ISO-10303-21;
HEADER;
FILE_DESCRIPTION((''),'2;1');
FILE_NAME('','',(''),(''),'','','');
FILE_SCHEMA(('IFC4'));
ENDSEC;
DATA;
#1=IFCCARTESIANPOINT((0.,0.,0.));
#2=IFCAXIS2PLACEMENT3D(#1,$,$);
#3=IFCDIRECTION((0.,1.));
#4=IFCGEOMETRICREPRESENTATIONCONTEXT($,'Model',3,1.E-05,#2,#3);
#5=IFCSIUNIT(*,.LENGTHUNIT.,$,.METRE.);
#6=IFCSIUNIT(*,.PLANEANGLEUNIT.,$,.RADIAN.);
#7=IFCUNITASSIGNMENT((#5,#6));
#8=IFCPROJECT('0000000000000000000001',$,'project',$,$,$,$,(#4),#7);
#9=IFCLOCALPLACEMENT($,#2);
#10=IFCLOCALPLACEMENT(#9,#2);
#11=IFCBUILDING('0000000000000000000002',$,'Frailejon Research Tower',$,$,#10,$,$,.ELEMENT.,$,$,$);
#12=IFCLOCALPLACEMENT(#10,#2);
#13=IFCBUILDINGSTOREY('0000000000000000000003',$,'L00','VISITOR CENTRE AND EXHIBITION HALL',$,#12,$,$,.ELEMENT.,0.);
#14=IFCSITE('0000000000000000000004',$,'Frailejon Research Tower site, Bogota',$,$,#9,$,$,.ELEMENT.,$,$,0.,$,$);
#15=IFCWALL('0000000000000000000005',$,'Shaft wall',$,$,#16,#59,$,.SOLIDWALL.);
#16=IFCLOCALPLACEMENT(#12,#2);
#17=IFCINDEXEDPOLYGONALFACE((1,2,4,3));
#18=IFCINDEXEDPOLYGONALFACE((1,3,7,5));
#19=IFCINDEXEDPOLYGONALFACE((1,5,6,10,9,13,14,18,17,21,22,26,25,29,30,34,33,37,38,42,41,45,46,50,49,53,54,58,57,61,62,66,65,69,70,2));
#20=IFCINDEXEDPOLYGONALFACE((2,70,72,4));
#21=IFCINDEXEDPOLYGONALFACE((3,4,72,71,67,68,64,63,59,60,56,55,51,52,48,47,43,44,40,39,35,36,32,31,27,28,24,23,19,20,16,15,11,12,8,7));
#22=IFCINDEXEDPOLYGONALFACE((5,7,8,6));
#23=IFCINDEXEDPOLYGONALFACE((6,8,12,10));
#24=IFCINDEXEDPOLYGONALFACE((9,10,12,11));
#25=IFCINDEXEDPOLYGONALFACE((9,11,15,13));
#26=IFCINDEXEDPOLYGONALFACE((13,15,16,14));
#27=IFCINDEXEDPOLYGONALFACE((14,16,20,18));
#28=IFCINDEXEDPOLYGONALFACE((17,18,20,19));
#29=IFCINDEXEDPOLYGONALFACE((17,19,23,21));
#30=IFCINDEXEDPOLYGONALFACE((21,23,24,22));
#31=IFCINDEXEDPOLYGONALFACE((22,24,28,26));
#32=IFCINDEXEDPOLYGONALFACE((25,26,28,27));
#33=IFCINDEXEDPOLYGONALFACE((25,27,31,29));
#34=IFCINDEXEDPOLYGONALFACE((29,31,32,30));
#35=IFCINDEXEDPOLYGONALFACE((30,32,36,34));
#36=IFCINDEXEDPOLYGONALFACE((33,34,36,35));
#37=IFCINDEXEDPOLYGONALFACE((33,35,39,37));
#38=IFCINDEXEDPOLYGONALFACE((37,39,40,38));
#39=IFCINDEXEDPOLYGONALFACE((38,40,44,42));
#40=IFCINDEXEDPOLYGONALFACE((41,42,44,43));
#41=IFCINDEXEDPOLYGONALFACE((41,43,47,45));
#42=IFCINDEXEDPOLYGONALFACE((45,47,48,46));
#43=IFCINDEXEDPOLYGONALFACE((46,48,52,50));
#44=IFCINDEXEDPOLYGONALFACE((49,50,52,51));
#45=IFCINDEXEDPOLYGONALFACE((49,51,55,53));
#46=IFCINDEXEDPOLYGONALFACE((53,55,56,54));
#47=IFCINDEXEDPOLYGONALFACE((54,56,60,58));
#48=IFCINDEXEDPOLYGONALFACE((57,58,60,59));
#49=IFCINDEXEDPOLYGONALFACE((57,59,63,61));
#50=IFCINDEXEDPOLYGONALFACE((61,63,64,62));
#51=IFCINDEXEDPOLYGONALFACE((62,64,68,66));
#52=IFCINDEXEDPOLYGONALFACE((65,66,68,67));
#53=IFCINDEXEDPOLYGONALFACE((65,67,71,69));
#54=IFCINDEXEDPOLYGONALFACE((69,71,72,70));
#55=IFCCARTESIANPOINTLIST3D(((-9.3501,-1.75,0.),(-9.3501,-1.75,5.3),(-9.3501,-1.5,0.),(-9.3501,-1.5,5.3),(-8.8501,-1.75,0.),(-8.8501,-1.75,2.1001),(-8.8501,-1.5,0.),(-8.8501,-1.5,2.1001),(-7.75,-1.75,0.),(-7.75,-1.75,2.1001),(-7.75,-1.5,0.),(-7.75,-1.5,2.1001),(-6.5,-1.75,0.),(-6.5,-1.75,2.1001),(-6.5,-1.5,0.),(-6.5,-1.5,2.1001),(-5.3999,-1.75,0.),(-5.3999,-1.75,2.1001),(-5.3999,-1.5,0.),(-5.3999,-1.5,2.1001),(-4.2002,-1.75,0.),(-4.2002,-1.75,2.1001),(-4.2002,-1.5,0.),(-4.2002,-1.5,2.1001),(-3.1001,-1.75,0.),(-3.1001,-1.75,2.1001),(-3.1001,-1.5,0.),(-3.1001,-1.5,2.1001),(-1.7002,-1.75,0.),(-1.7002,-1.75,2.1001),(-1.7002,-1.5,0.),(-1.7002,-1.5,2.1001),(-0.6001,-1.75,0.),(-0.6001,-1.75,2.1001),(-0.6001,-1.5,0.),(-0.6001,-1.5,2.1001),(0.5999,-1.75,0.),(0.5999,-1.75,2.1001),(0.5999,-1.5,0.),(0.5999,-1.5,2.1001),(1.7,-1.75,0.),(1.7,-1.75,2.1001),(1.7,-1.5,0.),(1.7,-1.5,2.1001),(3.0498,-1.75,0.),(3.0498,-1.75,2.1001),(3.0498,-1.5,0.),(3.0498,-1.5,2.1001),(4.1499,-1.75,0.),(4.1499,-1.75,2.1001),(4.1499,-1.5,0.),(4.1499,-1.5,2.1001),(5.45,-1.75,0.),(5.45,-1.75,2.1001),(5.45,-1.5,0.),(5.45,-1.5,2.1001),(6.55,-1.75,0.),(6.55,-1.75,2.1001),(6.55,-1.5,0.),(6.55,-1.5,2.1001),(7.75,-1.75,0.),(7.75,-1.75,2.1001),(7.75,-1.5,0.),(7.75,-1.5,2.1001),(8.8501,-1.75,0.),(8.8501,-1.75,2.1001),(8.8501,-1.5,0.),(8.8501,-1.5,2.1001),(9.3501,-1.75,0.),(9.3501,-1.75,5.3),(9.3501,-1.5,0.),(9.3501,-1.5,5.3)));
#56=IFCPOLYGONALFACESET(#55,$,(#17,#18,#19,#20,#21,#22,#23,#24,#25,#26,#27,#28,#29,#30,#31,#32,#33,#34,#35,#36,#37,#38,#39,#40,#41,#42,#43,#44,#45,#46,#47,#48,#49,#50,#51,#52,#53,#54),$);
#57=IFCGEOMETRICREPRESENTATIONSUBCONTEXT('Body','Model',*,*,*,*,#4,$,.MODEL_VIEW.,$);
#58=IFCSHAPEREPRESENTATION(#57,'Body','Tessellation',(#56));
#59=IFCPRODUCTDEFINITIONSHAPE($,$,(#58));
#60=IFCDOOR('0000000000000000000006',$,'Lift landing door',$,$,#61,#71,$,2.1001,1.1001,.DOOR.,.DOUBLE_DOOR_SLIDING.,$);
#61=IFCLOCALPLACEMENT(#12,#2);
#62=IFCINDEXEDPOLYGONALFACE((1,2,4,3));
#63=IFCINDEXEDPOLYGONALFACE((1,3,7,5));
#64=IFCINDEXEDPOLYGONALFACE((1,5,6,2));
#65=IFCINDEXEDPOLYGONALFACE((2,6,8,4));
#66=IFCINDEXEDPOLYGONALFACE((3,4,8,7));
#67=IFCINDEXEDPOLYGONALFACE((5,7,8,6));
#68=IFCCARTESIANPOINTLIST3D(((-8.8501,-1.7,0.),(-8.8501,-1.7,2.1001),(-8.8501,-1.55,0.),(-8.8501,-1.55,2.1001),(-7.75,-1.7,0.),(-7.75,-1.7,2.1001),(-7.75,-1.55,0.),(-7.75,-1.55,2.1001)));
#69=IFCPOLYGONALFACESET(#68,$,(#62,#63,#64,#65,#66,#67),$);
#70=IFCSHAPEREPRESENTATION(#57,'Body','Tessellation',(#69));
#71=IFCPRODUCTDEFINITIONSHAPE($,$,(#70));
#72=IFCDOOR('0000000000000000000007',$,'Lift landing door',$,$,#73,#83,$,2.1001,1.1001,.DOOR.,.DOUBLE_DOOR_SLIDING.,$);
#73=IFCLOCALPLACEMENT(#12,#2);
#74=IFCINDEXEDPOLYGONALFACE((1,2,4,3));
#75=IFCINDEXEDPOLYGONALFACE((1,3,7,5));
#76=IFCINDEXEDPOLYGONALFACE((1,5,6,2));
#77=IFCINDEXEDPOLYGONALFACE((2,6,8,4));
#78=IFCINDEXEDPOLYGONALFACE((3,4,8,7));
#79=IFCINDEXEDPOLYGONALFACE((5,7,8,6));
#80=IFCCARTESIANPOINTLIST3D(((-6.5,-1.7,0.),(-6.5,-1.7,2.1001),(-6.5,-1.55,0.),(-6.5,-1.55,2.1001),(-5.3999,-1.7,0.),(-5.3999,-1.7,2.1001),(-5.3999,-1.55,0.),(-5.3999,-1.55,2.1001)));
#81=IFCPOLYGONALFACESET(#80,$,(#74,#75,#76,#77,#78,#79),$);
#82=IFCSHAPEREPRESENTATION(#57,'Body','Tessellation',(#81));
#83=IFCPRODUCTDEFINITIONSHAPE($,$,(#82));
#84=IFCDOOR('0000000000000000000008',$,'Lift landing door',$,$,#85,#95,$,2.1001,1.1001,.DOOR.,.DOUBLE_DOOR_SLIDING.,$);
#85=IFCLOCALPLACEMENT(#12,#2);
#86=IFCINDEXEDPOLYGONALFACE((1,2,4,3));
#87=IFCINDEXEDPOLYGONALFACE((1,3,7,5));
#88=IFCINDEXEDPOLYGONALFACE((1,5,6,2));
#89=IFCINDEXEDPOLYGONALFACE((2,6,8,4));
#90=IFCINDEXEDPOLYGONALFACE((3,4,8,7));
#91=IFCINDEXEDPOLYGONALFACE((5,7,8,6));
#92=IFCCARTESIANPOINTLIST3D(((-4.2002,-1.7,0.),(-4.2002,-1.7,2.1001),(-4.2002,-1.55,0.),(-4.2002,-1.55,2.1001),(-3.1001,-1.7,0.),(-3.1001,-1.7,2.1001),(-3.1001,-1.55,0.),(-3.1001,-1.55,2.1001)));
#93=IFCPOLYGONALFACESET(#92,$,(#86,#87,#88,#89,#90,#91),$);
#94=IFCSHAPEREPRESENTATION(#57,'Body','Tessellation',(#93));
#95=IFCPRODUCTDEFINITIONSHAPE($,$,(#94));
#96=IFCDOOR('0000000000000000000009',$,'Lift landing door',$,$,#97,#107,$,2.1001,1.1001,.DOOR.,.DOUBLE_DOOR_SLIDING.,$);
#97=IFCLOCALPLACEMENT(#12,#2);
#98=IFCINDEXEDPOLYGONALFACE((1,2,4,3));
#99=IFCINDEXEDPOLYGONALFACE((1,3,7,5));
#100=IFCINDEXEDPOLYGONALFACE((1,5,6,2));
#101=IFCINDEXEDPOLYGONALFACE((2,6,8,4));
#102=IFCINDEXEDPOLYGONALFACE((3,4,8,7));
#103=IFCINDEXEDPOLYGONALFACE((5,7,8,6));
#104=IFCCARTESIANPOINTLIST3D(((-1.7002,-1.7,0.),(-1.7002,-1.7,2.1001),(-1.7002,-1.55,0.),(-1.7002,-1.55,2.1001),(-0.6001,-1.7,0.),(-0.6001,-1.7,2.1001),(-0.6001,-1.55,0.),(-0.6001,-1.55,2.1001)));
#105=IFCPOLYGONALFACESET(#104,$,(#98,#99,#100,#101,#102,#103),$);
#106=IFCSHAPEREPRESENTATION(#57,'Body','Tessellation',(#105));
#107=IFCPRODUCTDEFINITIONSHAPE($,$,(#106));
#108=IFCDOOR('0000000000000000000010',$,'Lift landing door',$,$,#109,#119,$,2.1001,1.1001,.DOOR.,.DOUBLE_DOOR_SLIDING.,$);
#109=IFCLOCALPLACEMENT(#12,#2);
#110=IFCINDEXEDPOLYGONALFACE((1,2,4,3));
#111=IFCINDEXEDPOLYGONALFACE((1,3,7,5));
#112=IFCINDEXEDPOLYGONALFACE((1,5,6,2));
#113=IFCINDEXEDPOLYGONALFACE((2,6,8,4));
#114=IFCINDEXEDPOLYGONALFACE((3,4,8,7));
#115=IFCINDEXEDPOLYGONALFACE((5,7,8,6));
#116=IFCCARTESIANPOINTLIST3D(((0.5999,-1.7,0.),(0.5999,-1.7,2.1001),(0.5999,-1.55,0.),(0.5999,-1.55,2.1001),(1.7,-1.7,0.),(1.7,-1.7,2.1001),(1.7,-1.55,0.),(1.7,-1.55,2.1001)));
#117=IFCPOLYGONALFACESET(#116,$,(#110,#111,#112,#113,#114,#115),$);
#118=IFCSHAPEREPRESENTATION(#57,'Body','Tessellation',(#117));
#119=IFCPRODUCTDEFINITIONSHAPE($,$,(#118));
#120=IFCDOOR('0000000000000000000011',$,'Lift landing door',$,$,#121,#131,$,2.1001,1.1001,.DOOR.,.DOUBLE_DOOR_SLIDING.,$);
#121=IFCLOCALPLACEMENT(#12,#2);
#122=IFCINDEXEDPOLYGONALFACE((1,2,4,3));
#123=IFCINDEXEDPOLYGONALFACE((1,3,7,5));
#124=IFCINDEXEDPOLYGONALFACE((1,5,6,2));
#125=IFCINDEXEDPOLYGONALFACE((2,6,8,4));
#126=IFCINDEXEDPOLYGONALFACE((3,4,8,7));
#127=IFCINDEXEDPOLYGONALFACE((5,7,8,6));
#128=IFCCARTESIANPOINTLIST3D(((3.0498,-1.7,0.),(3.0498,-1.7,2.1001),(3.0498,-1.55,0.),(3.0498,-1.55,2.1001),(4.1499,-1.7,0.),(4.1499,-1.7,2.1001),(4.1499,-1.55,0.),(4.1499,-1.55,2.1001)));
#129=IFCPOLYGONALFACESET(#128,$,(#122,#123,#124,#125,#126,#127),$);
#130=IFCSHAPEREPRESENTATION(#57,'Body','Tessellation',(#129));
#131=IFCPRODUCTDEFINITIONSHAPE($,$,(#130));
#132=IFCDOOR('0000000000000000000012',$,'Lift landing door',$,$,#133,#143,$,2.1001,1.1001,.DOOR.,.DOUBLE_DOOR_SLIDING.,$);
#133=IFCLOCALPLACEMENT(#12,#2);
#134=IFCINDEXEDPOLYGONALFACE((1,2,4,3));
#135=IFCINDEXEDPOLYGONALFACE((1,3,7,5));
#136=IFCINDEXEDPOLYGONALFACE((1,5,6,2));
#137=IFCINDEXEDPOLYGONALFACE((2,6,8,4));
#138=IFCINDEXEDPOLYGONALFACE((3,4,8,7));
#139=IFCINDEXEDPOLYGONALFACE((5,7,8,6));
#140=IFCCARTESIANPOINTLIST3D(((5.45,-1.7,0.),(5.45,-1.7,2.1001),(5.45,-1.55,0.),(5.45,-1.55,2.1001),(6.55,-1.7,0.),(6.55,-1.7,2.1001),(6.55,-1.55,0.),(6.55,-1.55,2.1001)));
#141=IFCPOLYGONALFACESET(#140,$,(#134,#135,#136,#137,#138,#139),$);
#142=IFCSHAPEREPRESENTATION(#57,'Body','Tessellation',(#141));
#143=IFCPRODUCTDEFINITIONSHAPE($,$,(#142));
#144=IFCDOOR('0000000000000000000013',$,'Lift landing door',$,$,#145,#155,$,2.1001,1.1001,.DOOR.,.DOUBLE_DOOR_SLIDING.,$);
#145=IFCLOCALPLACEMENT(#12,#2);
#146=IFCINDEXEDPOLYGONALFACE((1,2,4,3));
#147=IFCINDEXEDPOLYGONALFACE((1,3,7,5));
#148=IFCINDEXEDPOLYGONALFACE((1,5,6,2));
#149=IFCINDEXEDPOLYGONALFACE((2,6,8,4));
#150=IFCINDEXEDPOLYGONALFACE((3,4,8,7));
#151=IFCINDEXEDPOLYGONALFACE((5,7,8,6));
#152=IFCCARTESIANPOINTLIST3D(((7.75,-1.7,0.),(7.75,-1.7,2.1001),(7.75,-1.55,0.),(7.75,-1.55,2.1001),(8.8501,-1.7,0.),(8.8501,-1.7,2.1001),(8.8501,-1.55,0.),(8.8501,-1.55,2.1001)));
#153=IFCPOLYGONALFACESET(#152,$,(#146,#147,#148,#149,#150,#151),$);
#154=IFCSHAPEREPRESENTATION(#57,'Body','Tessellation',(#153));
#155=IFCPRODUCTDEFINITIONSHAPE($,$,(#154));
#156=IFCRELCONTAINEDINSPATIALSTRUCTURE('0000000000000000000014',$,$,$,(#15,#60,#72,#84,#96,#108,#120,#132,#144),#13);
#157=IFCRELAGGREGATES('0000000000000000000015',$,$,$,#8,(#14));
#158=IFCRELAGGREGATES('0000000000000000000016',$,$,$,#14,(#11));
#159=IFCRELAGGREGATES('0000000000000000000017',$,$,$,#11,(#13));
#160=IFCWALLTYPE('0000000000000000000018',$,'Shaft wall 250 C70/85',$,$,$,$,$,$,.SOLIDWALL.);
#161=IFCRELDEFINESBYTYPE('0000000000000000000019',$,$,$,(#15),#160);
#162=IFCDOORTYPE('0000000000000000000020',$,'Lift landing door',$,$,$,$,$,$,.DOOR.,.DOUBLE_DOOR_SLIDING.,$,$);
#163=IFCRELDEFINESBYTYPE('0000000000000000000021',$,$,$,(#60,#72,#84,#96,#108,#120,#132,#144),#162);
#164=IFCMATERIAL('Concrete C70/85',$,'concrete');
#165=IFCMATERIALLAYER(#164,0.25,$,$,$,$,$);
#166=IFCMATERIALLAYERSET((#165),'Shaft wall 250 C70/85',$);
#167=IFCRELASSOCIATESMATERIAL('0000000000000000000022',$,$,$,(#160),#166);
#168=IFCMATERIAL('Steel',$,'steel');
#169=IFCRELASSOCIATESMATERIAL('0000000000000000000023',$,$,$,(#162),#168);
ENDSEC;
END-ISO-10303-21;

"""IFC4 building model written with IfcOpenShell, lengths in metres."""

from ifc_helpers import new_model, si_unit, direction, frame, frame_2d, origin, place, context, subcontext, project, spatial, rectangle, extrude, material, layer, layer_set, type_object, element, fill, save


model = new_model("IFC4")

# Units and contexts
model_context = context("Model", 3, precision=1e-05, world=origin(), true_north=direction((0.0, 1.0)))
body_context = subcontext(model_context, "Body", "Model", "MODEL_VIEW")
ifc_project = project(units=[si_unit("LENGTHUNIT", "METRE"), si_unit("PLANEANGLEUNIT", "RADIAN")], contexts=[model_context])

# Site, building, storey
site_placement = place(None, origin())
site = spatial("IfcSite", under=ifc_project, at=site_placement, Name="Frailejon Research Tower site, Bogota", CompositionType="ELEMENT", RefElevation=0.0)
building_placement = place(site_placement, origin())
building = spatial("IfcBuilding", under=site, at=building_placement, Name="Frailejon Research Tower", CompositionType="ELEMENT")
storey_placement = place(building_placement, origin())
storey = spatial("IfcBuildingStorey", under=building, at=storey_placement, Name="L00", Description="VISITOR CENTRE AND EXHIBITION HALL", CompositionType="ELEMENT", Elevation=0.0)

# Shared definitions
ifc_material_1 = material(Name="Concrete C70/85", Category="concrete")
ifc_layer = layer(ifc_material_1, 0.25)
ifc_layer_set = layer_set([ifc_layer], Name="Shaft wall 250 C70/85")
wall_type = type_object("IfcWallType", Name="Shaft wall 250 C70/85", PredefinedType="SOLIDWALL", material=ifc_layer_set)
ifc_material_2 = material(Name="Steel", Category="steel")
door_type = type_object("IfcDoorType", Name="Lift landing door", OperationType="DOUBLE_DOOR_SLIDING", PredefinedType="DOOR", material=ifc_material_2)

# Wall, openings, doors
wall_1_placement = place(storey_placement, frame((-9.3501, -1.625, 0.0), z_axis=(0.0, 0.0, 1.0), x_axis=(1.0, 0.0, 0.0)))
wall_1 = element("IfcWall", 1, at=wall_1_placement, inside=storey, type_object=wall_type, Name="Shaft wall", PredefinedType="SOLIDWALL", context=body_context, shape_type="SweptSolid", body=[
    extrude(rectangle(XDim=18.7002, YDim=0.25, at=frame_2d((9.3501, 0.0))), origin(), (0.0, 0.0, 1.0), 5.3),
])
opening_1_placement = place(wall_1_placement, frame((0.5, 0.0, 0.0)))
opening_1 = element("IfcOpeningElement", 2, at=opening_1_placement, cuts=wall_1, PredefinedType="OPENING", context=body_context, shape_type="SweptSolid", body=[
    extrude(rectangle(XDim=1.1001, YDim=2.1001, at=frame_2d((0.55, 1.05))), frame((0.0, 0.135, 0.0), z_axis=(0.0, -1.0, 0.0), x_axis=(1.0, 0.0, 0.0)), (0.0, 0.0, 1.0), 0.27),
])
opening_2_placement = place(wall_1_placement, frame((2.8501, 0.0, 0.0)))
opening_2 = element("IfcOpeningElement", 3, at=opening_2_placement, cuts=wall_1, PredefinedType="OPENING", context=body_context, shape_type="SweptSolid", body=[
    extrude(rectangle(XDim=1.1001, YDim=2.1001, at=frame_2d((0.55, 1.05))), frame((0.0, 0.135, 0.0), z_axis=(0.0, -1.0, 0.0), x_axis=(1.0, 0.0, 0.0)), (0.0, 0.0, 1.0), 0.27),
])
opening_3_placement = place(wall_1_placement, frame((5.1499, 0.0, 0.0)))
opening_3 = element("IfcOpeningElement", 4, at=opening_3_placement, cuts=wall_1, PredefinedType="OPENING", context=body_context, shape_type="SweptSolid", body=[
    extrude(rectangle(XDim=1.1001, YDim=2.1001, at=frame_2d((0.55, 1.05))), frame((0.0, 0.135, 0.0), z_axis=(0.0, -1.0, 0.0), x_axis=(1.0, 0.0, 0.0)), (0.0, 0.0, 1.0), 0.27),
])
opening_4_placement = place(wall_1_placement, frame((7.6499, 0.0, 0.0)))
opening_4 = element("IfcOpeningElement", 5, at=opening_4_placement, cuts=wall_1, PredefinedType="OPENING", context=body_context, shape_type="SweptSolid", body=[
    extrude(rectangle(XDim=1.1001, YDim=2.1001, at=frame_2d((0.55, 1.05))), frame((0.0, 0.135, 0.0), z_axis=(0.0, -1.0, 0.0), x_axis=(1.0, 0.0, 0.0)), (0.0, 0.0, 1.0), 0.27),
])
opening_5_placement = place(wall_1_placement, frame((9.95, 0.0, 0.0)))
opening_5 = element("IfcOpeningElement", 6, at=opening_5_placement, cuts=wall_1, PredefinedType="OPENING", context=body_context, shape_type="SweptSolid", body=[
    extrude(rectangle(XDim=1.1001, YDim=2.1001, at=frame_2d((0.55, 1.05))), frame((0.0, 0.135, 0.0), z_axis=(0.0, -1.0, 0.0), x_axis=(1.0, 0.0, 0.0)), (0.0, 0.0, 1.0), 0.27),
])
opening_6_placement = place(wall_1_placement, frame((12.3999, 0.0, 0.0)))
opening_6 = element("IfcOpeningElement", 7, at=opening_6_placement, cuts=wall_1, PredefinedType="OPENING", context=body_context, shape_type="SweptSolid", body=[
    extrude(rectangle(XDim=1.1001, YDim=2.1001, at=frame_2d((0.55, 1.05))), frame((0.0, 0.135, 0.0), z_axis=(0.0, -1.0, 0.0), x_axis=(1.0, 0.0, 0.0)), (0.0, 0.0, 1.0), 0.27),
])
opening_7_placement = place(wall_1_placement, frame((14.8, 0.0, 0.0)))
opening_7 = element("IfcOpeningElement", 8, at=opening_7_placement, cuts=wall_1, PredefinedType="OPENING", context=body_context, shape_type="SweptSolid", body=[
    extrude(rectangle(XDim=1.1001, YDim=2.1001, at=frame_2d((0.55, 1.05))), frame((0.0, 0.135, 0.0), z_axis=(0.0, -1.0, 0.0), x_axis=(1.0, 0.0, 0.0)), (0.0, 0.0, 1.0), 0.27),
])
opening_8_placement = place(wall_1_placement, frame((17.1001, 0.0, 0.0)))
opening_8 = element("IfcOpeningElement", 9, at=opening_8_placement, cuts=wall_1, PredefinedType="OPENING", context=body_context, shape_type="SweptSolid", body=[
    extrude(rectangle(XDim=1.1001, YDim=2.1001, at=frame_2d((0.55, 1.05))), frame((0.0, 0.135, 0.0), z_axis=(0.0, -1.0, 0.0), x_axis=(1.0, 0.0, 0.0)), (0.0, 0.0, 1.0), 0.27),
])
door_1_placement = place(opening_1_placement, origin())
door_1 = element("IfcDoor", 10, at=door_1_placement, inside=storey, type_object=door_type, Name="Lift landing door", OperationType="DOUBLE_DOOR_SLIDING", OverallHeight=2.1001, OverallWidth=1.1001, PredefinedType="DOOR", context=body_context, shape_type="SweptSolid", body=[
    extrude(rectangle(XDim=1.1001, YDim=2.1001, at=frame_2d((0.55, 1.05))), frame((0.0, 0.075, 0.0), z_axis=(0.0, -1.0, 0.0), x_axis=(1.0, 0.0, 0.0)), (0.0, 0.0, 1.0), 0.1499),
])
fill(opening_1, door_1)
door_2_placement = place(opening_2_placement, origin())
door_2 = element("IfcDoor", 11, at=door_2_placement, inside=storey, type_object=door_type, Name="Lift landing door", OperationType="DOUBLE_DOOR_SLIDING", OverallHeight=2.1001, OverallWidth=1.1001, PredefinedType="DOOR", context=body_context, shape_type="SweptSolid", body=[
    extrude(rectangle(XDim=1.1001, YDim=2.1001, at=frame_2d((0.55, 1.05))), frame((0.0, 0.075, 0.0), z_axis=(0.0, -1.0, 0.0), x_axis=(1.0, 0.0, 0.0)), (0.0, 0.0, 1.0), 0.1499),
])
fill(opening_2, door_2)
door_3_placement = place(opening_3_placement, origin())
door_3 = element("IfcDoor", 12, at=door_3_placement, inside=storey, type_object=door_type, Name="Lift landing door", OperationType="DOUBLE_DOOR_SLIDING", OverallHeight=2.1001, OverallWidth=1.1001, PredefinedType="DOOR", context=body_context, shape_type="SweptSolid", body=[
    extrude(rectangle(XDim=1.1001, YDim=2.1001, at=frame_2d((0.55, 1.05))), frame((0.0, 0.075, 0.0), z_axis=(0.0, -1.0, 0.0), x_axis=(1.0, 0.0, 0.0)), (0.0, 0.0, 1.0), 0.1499),
])
fill(opening_3, door_3)
door_4_placement = place(opening_4_placement, origin())
door_4 = element("IfcDoor", 13, at=door_4_placement, inside=storey, type_object=door_type, Name="Lift landing door", OperationType="DOUBLE_DOOR_SLIDING", OverallHeight=2.1001, OverallWidth=1.1001, PredefinedType="DOOR", context=body_context, shape_type="SweptSolid", body=[
    extrude(rectangle(XDim=1.1001, YDim=2.1001, at=frame_2d((0.55, 1.05))), frame((0.0, 0.075, 0.0), z_axis=(0.0, -1.0, 0.0), x_axis=(1.0, 0.0, 0.0)), (0.0, 0.0, 1.0), 0.1499),
])
fill(opening_4, door_4)
door_5_placement = place(opening_5_placement, origin())
door_5 = element("IfcDoor", 14, at=door_5_placement, inside=storey, type_object=door_type, Name="Lift landing door", OperationType="DOUBLE_DOOR_SLIDING", OverallHeight=2.1001, OverallWidth=1.1001, PredefinedType="DOOR", context=body_context, shape_type="SweptSolid", body=[
    extrude(rectangle(XDim=1.1001, YDim=2.1001, at=frame_2d((0.55, 1.05))), frame((0.0, 0.075, 0.0), z_axis=(0.0, -1.0, 0.0), x_axis=(1.0, 0.0, 0.0)), (0.0, 0.0, 1.0), 0.1499),
])
fill(opening_5, door_5)
door_6_placement = place(opening_6_placement, origin())
door_6 = element("IfcDoor", 15, at=door_6_placement, inside=storey, type_object=door_type, Name="Lift landing door", OperationType="DOUBLE_DOOR_SLIDING", OverallHeight=2.1001, OverallWidth=1.1001, PredefinedType="DOOR", context=body_context, shape_type="SweptSolid", body=[
    extrude(rectangle(XDim=1.1001, YDim=2.1001, at=frame_2d((0.55, 1.05))), frame((0.0, 0.075, 0.0), z_axis=(0.0, -1.0, 0.0), x_axis=(1.0, 0.0, 0.0)), (0.0, 0.0, 1.0), 0.1499),
])
fill(opening_6, door_6)
door_7_placement = place(opening_7_placement, origin())
door_7 = element("IfcDoor", 16, at=door_7_placement, inside=storey, type_object=door_type, Name="Lift landing door", OperationType="DOUBLE_DOOR_SLIDING", OverallHeight=2.1001, OverallWidth=1.1001, PredefinedType="DOOR", context=body_context, shape_type="SweptSolid", body=[
    extrude(rectangle(XDim=1.1001, YDim=2.1001, at=frame_2d((0.55, 1.05))), frame((0.0, 0.075, 0.0), z_axis=(0.0, -1.0, 0.0), x_axis=(1.0, 0.0, 0.0)), (0.0, 0.0, 1.0), 0.1499),
])
fill(opening_7, door_7)
door_8_placement = place(opening_8_placement, origin())
door_8 = element("IfcDoor", 17, at=door_8_placement, inside=storey, type_object=door_type, Name="Lift landing door", OperationType="DOUBLE_DOOR_SLIDING", OverallHeight=2.1001, OverallWidth=1.1001, PredefinedType="DOOR", context=body_context, shape_type="SweptSolid", body=[
    extrude(rectangle(XDim=1.1001, YDim=2.1001, at=frame_2d((0.55, 1.05))), frame((0.0, 0.075, 0.0), z_axis=(0.0, -1.0, 0.0), x_axis=(1.0, 0.0, 0.0)), (0.0, 0.0, 1.0), 0.1499),
])
fill(opening_8, door_8)

save(model, "model.ifc")
